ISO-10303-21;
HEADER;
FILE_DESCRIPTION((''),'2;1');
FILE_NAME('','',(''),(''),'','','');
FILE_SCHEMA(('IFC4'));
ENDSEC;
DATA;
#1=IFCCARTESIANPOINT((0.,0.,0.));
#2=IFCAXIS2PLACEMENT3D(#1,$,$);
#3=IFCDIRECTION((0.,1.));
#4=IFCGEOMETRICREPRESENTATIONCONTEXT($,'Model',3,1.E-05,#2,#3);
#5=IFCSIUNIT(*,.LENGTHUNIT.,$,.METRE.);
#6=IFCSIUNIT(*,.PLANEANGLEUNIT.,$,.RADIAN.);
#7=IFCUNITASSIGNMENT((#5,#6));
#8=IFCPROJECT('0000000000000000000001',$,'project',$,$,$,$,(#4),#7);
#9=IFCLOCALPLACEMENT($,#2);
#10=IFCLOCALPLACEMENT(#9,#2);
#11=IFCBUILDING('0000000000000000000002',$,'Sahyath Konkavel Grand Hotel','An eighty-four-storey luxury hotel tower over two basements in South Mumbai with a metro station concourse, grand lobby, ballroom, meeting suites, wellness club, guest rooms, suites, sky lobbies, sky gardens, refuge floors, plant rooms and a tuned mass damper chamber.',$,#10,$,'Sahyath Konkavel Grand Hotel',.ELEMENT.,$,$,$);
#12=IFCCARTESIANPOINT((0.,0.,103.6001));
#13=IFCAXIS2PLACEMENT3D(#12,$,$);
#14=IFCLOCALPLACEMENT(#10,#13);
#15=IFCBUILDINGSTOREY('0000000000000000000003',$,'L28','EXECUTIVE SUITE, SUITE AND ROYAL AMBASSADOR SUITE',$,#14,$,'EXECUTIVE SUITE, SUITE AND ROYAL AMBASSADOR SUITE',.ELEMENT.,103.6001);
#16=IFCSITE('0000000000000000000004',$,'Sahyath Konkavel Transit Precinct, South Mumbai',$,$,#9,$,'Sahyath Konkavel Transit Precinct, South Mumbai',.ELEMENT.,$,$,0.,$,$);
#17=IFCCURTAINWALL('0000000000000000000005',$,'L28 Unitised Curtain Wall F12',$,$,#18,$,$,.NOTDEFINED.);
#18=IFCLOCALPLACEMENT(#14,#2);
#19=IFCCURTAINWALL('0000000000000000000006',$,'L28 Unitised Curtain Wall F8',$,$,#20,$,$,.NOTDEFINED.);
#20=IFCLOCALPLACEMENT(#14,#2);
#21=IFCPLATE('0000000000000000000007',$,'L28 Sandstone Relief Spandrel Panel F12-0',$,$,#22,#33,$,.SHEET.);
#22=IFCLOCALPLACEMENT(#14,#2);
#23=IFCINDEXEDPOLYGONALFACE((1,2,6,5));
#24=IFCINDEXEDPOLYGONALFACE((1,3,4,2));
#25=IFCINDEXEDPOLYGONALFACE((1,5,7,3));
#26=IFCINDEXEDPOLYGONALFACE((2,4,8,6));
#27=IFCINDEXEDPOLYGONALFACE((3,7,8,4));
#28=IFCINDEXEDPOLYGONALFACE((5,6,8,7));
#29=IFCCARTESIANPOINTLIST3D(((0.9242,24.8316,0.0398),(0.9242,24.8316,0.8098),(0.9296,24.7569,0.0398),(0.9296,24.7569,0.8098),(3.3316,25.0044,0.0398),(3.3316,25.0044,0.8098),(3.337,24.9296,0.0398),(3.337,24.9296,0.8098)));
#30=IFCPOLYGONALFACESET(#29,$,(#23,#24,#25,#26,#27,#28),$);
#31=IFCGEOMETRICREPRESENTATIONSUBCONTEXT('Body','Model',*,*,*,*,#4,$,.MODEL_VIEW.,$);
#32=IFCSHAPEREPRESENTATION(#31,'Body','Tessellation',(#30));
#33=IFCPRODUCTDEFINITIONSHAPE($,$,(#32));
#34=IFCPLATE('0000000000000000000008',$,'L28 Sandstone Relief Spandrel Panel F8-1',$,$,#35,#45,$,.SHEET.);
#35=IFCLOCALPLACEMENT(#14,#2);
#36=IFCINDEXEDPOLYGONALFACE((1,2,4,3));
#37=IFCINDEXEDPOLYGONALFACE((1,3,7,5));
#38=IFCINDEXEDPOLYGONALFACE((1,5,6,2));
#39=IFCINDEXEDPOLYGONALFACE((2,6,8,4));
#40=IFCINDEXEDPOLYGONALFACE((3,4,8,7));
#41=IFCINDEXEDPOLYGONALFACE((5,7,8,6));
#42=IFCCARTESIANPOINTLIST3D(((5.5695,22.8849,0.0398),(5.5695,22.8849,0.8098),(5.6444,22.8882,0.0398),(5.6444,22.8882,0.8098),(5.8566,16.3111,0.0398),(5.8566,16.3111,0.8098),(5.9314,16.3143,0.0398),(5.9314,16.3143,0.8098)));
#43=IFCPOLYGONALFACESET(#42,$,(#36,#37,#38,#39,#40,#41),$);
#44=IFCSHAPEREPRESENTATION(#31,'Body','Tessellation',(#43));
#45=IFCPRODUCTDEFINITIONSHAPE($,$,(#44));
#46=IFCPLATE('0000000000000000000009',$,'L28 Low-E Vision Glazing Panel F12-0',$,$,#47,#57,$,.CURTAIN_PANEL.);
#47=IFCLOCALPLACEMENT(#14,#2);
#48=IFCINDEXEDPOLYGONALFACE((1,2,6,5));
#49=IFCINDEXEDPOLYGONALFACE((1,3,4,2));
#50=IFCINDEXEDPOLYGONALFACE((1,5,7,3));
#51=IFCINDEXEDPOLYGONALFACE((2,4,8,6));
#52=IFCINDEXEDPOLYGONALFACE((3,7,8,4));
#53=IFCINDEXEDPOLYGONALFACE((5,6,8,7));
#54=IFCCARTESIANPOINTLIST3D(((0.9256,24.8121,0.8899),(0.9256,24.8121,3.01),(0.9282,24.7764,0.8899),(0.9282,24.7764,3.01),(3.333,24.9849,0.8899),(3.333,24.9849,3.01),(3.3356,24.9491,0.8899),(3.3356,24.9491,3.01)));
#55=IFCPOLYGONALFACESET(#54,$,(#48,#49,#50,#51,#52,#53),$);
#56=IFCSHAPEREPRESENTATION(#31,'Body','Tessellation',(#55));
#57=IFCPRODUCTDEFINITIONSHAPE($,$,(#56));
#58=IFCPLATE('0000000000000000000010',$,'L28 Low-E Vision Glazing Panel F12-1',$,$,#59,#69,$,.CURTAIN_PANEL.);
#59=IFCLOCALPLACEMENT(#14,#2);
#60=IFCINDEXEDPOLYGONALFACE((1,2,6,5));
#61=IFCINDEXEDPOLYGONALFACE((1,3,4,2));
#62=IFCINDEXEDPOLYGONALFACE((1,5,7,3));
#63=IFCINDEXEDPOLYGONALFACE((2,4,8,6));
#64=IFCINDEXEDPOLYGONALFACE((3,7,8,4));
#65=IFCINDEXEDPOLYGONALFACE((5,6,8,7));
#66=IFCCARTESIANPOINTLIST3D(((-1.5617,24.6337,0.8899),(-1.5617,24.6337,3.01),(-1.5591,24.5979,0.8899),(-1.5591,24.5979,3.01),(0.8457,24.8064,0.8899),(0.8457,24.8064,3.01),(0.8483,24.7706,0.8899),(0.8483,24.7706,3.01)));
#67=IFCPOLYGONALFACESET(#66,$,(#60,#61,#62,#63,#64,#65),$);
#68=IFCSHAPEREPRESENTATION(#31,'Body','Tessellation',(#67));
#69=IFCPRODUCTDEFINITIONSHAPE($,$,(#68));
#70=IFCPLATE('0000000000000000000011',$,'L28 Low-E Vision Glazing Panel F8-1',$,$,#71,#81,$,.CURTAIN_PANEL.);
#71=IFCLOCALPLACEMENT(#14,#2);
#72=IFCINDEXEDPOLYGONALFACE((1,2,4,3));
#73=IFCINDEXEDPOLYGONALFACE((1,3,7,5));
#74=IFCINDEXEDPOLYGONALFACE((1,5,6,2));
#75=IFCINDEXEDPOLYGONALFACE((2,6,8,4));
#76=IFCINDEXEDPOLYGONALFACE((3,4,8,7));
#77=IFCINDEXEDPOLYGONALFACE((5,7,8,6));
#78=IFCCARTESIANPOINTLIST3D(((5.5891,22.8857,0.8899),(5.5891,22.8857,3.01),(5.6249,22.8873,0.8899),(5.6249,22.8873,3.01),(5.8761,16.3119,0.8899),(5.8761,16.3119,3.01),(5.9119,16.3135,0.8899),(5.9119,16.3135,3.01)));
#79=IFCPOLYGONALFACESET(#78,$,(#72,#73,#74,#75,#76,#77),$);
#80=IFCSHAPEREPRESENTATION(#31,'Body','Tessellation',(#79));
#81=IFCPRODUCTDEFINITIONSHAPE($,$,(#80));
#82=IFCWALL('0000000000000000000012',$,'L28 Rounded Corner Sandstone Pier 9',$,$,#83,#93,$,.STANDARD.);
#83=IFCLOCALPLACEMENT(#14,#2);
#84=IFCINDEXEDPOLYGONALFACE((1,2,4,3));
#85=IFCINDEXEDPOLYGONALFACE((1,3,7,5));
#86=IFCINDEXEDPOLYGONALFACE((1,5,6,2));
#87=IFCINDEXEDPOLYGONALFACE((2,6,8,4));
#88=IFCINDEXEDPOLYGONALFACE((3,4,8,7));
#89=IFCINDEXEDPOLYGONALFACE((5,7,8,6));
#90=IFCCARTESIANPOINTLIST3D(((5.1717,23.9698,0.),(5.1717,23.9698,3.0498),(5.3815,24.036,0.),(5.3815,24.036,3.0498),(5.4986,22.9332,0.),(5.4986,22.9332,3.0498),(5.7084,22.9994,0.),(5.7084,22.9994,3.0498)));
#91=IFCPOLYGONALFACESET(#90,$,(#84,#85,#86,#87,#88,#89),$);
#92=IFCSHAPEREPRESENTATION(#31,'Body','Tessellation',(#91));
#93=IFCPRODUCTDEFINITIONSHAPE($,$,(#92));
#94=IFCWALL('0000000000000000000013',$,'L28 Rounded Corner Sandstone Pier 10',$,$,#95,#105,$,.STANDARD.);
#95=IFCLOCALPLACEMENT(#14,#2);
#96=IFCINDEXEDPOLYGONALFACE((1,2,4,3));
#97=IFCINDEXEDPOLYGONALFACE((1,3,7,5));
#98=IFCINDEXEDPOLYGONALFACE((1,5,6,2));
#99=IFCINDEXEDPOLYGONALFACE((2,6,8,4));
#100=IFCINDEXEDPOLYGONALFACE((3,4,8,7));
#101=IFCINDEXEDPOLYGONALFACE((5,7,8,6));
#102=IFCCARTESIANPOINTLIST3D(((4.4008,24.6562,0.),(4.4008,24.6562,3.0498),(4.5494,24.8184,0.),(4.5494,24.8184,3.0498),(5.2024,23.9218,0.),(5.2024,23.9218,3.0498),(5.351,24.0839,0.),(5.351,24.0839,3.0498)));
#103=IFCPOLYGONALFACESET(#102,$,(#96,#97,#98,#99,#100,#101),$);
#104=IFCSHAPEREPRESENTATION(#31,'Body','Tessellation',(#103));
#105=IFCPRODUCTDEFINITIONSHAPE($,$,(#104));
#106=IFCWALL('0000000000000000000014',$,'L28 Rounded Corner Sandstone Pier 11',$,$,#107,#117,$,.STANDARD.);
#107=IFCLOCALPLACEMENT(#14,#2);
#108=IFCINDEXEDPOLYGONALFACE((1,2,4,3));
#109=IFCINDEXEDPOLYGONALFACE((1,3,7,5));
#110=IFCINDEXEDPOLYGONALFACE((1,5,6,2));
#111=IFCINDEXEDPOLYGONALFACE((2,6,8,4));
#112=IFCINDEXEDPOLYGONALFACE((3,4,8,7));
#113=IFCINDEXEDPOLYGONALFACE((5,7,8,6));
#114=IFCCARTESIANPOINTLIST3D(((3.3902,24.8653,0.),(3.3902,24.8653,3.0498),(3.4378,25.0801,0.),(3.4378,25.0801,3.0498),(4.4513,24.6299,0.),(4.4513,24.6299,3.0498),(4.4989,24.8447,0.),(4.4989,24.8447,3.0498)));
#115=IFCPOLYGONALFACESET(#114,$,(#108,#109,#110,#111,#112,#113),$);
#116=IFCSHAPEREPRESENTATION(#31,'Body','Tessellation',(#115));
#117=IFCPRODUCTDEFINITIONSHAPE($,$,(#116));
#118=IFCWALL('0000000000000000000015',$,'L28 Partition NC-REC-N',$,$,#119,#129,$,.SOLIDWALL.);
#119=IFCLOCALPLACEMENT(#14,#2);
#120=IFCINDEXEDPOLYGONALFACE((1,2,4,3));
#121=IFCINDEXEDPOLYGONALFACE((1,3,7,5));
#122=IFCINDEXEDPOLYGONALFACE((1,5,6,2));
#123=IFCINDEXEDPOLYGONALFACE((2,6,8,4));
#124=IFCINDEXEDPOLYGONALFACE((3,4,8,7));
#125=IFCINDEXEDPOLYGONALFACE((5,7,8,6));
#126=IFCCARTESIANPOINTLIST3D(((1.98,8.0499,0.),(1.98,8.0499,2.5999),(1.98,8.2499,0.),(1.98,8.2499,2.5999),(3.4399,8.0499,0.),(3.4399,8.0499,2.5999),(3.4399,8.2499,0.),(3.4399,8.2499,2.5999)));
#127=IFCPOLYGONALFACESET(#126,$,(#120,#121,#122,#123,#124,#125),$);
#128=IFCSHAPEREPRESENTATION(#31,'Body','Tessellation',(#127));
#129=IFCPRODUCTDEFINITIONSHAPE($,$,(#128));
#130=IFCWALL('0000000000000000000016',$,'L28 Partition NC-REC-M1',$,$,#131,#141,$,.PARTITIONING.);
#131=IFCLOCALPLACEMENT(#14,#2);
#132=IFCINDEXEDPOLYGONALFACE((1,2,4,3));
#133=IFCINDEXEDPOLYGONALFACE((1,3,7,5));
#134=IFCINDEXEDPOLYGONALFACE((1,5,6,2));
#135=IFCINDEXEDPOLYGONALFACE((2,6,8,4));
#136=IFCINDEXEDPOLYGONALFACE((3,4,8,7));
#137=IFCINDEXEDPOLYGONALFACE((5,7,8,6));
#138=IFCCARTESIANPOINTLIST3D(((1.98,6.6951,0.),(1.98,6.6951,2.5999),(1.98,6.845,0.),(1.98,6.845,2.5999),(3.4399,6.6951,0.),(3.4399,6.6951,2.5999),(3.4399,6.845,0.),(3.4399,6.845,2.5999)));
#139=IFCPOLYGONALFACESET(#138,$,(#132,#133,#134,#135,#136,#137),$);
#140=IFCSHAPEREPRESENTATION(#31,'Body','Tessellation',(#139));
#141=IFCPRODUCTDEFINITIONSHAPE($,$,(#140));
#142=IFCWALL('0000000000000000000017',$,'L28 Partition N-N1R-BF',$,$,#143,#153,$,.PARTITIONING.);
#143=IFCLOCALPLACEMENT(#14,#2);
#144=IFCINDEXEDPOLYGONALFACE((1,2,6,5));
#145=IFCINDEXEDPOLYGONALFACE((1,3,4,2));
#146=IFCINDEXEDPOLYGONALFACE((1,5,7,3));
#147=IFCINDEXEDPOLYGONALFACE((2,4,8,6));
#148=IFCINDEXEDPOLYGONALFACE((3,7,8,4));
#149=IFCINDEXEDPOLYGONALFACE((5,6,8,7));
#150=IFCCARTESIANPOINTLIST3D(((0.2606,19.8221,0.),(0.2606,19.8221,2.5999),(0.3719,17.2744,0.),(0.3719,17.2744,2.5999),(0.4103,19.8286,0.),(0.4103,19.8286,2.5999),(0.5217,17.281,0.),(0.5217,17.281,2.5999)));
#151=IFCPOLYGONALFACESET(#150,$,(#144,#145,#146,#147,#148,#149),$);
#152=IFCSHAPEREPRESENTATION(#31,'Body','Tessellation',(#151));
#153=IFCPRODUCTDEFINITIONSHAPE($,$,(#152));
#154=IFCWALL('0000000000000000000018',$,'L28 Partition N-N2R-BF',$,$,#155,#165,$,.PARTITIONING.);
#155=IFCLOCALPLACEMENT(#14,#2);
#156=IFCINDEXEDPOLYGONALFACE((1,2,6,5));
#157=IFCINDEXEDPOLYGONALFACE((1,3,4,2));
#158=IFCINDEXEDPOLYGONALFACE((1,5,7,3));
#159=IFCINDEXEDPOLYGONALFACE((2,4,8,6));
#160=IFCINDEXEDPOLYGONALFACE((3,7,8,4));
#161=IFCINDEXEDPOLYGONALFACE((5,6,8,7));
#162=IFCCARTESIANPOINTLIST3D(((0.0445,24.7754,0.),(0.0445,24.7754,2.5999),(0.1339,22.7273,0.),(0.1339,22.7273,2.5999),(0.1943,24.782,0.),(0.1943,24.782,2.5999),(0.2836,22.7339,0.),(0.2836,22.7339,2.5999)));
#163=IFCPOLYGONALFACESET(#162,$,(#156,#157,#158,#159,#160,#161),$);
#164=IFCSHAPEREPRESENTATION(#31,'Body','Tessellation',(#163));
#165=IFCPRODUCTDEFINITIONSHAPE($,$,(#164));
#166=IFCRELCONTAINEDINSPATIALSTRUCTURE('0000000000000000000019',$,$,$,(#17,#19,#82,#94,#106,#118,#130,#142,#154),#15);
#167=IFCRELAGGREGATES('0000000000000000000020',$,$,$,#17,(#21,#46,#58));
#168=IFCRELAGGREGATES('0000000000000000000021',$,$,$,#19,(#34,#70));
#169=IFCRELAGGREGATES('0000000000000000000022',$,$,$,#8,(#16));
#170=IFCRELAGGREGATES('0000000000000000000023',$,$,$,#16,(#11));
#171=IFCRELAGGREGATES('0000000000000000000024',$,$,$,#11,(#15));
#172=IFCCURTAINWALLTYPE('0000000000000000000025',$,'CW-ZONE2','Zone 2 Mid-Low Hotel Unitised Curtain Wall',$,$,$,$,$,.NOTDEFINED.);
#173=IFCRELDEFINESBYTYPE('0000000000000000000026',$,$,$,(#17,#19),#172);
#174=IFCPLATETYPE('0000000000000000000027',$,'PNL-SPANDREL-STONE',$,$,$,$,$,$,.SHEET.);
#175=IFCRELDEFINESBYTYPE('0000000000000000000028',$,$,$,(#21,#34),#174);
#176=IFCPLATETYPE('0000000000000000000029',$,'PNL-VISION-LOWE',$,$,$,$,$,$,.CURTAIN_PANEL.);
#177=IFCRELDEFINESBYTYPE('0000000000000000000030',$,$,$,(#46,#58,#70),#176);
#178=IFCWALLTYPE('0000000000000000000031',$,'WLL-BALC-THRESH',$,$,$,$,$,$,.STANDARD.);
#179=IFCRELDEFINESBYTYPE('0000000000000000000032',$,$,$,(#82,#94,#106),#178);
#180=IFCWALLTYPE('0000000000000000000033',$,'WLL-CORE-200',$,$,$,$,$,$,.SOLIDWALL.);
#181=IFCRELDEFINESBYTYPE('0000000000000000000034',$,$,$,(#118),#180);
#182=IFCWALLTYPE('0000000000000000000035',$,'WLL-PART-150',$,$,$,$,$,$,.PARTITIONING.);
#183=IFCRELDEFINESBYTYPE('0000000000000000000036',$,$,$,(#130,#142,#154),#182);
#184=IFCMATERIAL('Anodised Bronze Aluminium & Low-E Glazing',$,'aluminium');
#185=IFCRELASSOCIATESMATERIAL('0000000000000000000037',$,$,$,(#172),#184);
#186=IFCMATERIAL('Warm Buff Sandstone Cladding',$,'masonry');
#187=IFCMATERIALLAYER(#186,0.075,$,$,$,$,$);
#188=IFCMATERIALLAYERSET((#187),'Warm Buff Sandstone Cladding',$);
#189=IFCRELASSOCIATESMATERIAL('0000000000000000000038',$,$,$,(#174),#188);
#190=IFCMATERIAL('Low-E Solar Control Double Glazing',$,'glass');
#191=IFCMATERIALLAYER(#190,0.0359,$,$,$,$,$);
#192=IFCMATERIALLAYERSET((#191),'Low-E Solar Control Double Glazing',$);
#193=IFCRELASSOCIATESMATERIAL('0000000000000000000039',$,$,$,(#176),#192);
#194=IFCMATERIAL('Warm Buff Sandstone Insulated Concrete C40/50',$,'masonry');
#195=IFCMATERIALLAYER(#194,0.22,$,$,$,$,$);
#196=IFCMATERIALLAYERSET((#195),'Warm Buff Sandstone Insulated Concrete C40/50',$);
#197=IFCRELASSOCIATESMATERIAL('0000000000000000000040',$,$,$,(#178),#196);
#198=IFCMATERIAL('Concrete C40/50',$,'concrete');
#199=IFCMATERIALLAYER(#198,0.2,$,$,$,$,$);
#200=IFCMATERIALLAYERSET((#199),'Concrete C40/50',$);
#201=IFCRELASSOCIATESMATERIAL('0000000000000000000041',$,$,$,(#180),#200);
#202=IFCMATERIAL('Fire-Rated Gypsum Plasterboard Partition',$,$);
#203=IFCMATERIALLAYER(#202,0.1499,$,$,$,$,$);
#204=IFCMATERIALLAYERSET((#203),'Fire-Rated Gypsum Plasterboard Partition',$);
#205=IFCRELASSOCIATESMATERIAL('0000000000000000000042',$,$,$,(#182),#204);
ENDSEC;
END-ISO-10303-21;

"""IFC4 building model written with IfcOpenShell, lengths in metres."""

from ifc_helpers import new_model, si_unit, direction, frame, frame_2d, origin, origin_2d, place, context, subcontext, project, spatial, rectangle, extrude, source, transform, mapped, material, layer, layer_set, type_object, element, aggregate, save


model = new_model("IFC4")

# Units and contexts
model_context = context("Model", 3, precision=1e-05, world=origin(), true_north=direction((0.0, 1.0)))
body_context = subcontext(model_context, "Body", "Model", "MODEL_VIEW")
ifc_project = project(units=[si_unit("LENGTHUNIT", "METRE"), si_unit("PLANEANGLEUNIT", "RADIAN")], contexts=[model_context])

# Site, building, storey
site_placement = place(None, origin())
site = spatial("IfcSite", under=ifc_project, at=site_placement, Name="Sahyath Konkavel Transit Precinct, South Mumbai", LongName="Sahyath Konkavel Transit Precinct, South Mumbai", CompositionType="ELEMENT", RefElevation=0.0)
building_placement = place(site_placement, origin())
building = spatial("IfcBuilding", under=site, at=building_placement, Name="Sahyath Konkavel Grand Hotel", Description="An eighty-four-storey luxury hotel tower over two basements in South Mumbai with a metro station concourse, grand lobby, ballroom, meeting suites, wellness club, guest rooms, suites, sky lobbies, sky gardens, refuge floors, plant rooms and a tuned mass damper chamber.", LongName="Sahyath Konkavel Grand Hotel", CompositionType="ELEMENT")
storey_placement = place(building_placement, frame((0.0, 0.0, 103.6001)))
storey = spatial("IfcBuildingStorey", under=building, at=storey_placement, Name="L28", Description="EXECUTIVE SUITE, SUITE AND ROYAL AMBASSADOR SUITE", LongName="EXECUTIVE SUITE, SUITE AND ROYAL AMBASSADOR SUITE", CompositionType="ELEMENT", Elevation=103.6001)

# Curtain wall
ifc_material_1 = material(Name="Anodised Bronze Aluminium & Low-E Glazing", Category="aluminium")
curtain_wall_type = type_object("IfcCurtainWallType", Name="CW-ZONE2", Description="Zone 2 Mid-Low Hotel Unitised Curtain Wall", PredefinedType="NOTDEFINED", material=ifc_material_1)
curtain_wall_1_placement = place(storey_placement, origin())
curtain_wall_1 = element("IfcCurtainWall", 1, at=curtain_wall_1_placement, inside=storey, type_object=curtain_wall_type, Name="L28 Unitised Curtain Wall F12", PredefinedType="NOTDEFINED")

# Curtain wall
curtain_wall_2_placement = place(storey_placement, origin())
curtain_wall_2 = element("IfcCurtainWall", 2, at=curtain_wall_2_placement, inside=storey, type_object=curtain_wall_type, Name="L28 Unitised Curtain Wall F8", PredefinedType="NOTDEFINED")

# Plates
ifc_material_2 = material(Name="Warm Buff Sandstone Cladding", Category="masonry")
ifc_layer_1 = layer(ifc_material_2, 0.075)
ifc_layer_set_1 = layer_set([ifc_layer_1], Name="Warm Buff Sandstone Cladding")
plate_type_1 = type_object("IfcPlateType", Name="PNL-SPANDREL-STONE", PredefinedType="SHEET", material=ifc_layer_set_1)
shared_shape_1 = source(origin(), body_context, "Body", "SweptSolid", [
    extrude(rectangle(XDim=2.4136, YDim=0.075, at=origin_2d()), origin(), (0.0, 0.0, 1.0), 0.77),
])
plate_1_placement = place(storey_placement, frame((2.1306, 24.8806, 0.0398), z_axis=(0.0, 0.0, 1.0), x_axis=(-0.997436, -0.071567, 0.0)))
plate_1 = element("IfcPlate", 3, at=plate_1_placement, type_object=plate_type_1, Name="L28 Sandstone Relief Spandrel Panel F12-0", PredefinedType="SHEET", context=body_context, shape_type="MappedRepresentation", body=[
    mapped(shared_shape_1, transform((0.0, 0.0, 0.0), scale=1.0)),
])
shared_shape_2 = source(origin(), body_context, "Body", "SweptSolid", [
    extrude(rectangle(XDim=6.5801, YDim=0.075, at=origin_2d()), origin(), (0.0, 0.0, 1.0), 0.77),
])
plate_2_placement = place(storey_placement, frame((5.7505, 19.5996, 0.0398), z_axis=(0.0, 0.0, 1.0), x_axis=(-0.043619, 0.999048, 0.0)))
plate_2 = element("IfcPlate", 4, at=plate_2_placement, type_object=plate_type_1, Name="L28 Sandstone Relief Spandrel Panel F8-1", PredefinedType="SHEET", context=body_context, shape_type="MappedRepresentation", body=[
    mapped(shared_shape_2, transform((0.0, 0.0, 0.0), scale=1.0)),
])
ifc_material_3 = material(Name="Low-E Solar Control Double Glazing", Category="glass")
ifc_layer_2 = layer(ifc_material_3, 0.0359)
ifc_layer_set_2 = layer_set([ifc_layer_2], Name="Low-E Solar Control Double Glazing")
plate_type_2 = type_object("IfcPlateType", Name="PNL-VISION-LOWE", PredefinedType="CURTAIN_PANEL", material=ifc_layer_set_2)
shared_shape_3 = source(origin(), body_context, "Body", "SweptSolid", [
    extrude(rectangle(XDim=2.4136, YDim=0.0359, at=origin_2d()), origin(), (0.0, 0.0, 1.0), 2.1201),
])
plate_3_placement = place(storey_placement, frame((2.1306, 24.8806, 0.8899), z_axis=(0.0, 0.0, 1.0), x_axis=(-0.997436, -0.071567, 0.0)))
plate_3 = element("IfcPlate", 5, at=plate_3_placement, type_object=plate_type_2, Name="L28 Low-E Vision Glazing Panel F12-0", PredefinedType="CURTAIN_PANEL", context=body_context, shape_type="MappedRepresentation", body=[
    mapped(shared_shape_3, transform((0.0, 0.0, 0.0), scale=1.0)),
])
plate_4_placement = place(storey_placement, frame((-0.3567, 24.7021, 0.8899), z_axis=(0.0, 0.0, 1.0), x_axis=(-0.997436, -0.071567, 0.0)))
plate_4 = element("IfcPlate", 6, at=plate_4_placement, type_object=plate_type_2, Name="L28 Low-E Vision Glazing Panel F12-1", PredefinedType="CURTAIN_PANEL", context=body_context, shape_type="MappedRepresentation", body=[
    mapped(shared_shape_3, transform((0.0, 0.0, 0.0), scale=1.0)),
])
aggregate(curtain_wall_1, [plate_1, plate_3, plate_4])
shared_shape_4 = source(origin(), body_context, "Body", "SweptSolid", [
    extrude(rectangle(XDim=6.5801, YDim=0.0359, at=origin_2d()), origin(), (0.0, 0.0, 1.0), 2.1201),
])
plate_5_placement = place(storey_placement, frame((5.7505, 19.5996, 0.8899), z_axis=(0.0, 0.0, 1.0), x_axis=(-0.043619, 0.999048, 0.0)))
plate_5 = element("IfcPlate", 7, at=plate_5_placement, type_object=plate_type_2, Name="L28 Low-E Vision Glazing Panel F8-1", PredefinedType="CURTAIN_PANEL", context=body_context, shape_type="MappedRepresentation", body=[
    mapped(shared_shape_4, transform((0.0, 0.0, 0.0), scale=1.0)),
])
aggregate(curtain_wall_2, [plate_2, plate_5])

# Walls
ifc_material_4 = material(Name="Warm Buff Sandstone Insulated Concrete C40/50", Category="masonry")
ifc_layer_3 = layer(ifc_material_4, 0.22)
ifc_layer_set_3 = layer_set([ifc_layer_3], Name="Warm Buff Sandstone Insulated Concrete C40/50")
wall_type_1 = type_object("IfcWallType", Name="WLL-BALC-THRESH", PredefinedType="STANDARD", material=ifc_layer_set_3)
wall_1_placement = place(storey_placement, frame((5.6035, 22.9663, 0.0), z_axis=(0.0, 0.0, 1.0), x_axis=(-0.300755, 0.953701, 0.0)))
element("IfcWall", 8, at=wall_1_placement, inside=storey, type_object=wall_type_1, Name="L28 Rounded Corner Sandstone Pier 9", PredefinedType="STANDARD", context=body_context, shape_type="SweptSolid", body=[
    extrude(rectangle(XDim=1.0869, YDim=0.22, at=frame_2d((0.5435, 0.0))), origin(), (0.0, 0.0, 1.0), 3.0498),
])
wall_2_placement = place(storey_placement, frame((5.2766, 24.0029, 0.0), z_axis=(0.0, 0.0, 1.0), x_axis=(-0.737313, 0.675552, 0.0)))
element("IfcWall", 9, at=wall_2_placement, inside=storey, type_object=wall_type_1, Name="L28 Rounded Corner Sandstone Pier 10", PredefinedType="STANDARD", context=body_context, shape_type="SweptSolid", body=[
    extrude(rectangle(XDim=1.0872, YDim=0.22, at=frame_2d((0.5435, 0.0))), origin(), (0.0, 0.0, 1.0), 3.0498),
])
wall_3_placement = place(storey_placement, frame((4.4751, 24.7373, 0.0), z_axis=(0.0, 0.0, 1.0), x_axis=(-0.976272, 0.21655, 0.0)))
element("IfcWall", 10, at=wall_3_placement, inside=storey, type_object=wall_type_1, Name="L28 Rounded Corner Sandstone Pier 11", PredefinedType="STANDARD", context=body_context, shape_type="SweptSolid", body=[
    extrude(rectangle(XDim=1.0869, YDim=0.22, at=frame_2d((0.5435, 0.0))), origin(), (0.0, 0.0, 1.0), 3.0498),
])
ifc_material_5 = material(Name="Concrete C40/50", Category="concrete")
ifc_layer_4 = layer(ifc_material_5, 0.2)
ifc_layer_set_4 = layer_set([ifc_layer_4], Name="Concrete C40/50")
wall_type_2 = type_object("IfcWallType", Name="WLL-CORE-200", PredefinedType="SOLIDWALL", material=ifc_layer_set_4)
wall_4_placement = place(storey_placement, frame((1.98, 8.1499, 0.0), z_axis=(0.0, 0.0, 1.0), x_axis=(1.0, 0.0, 0.0)))
element("IfcWall", 11, at=wall_4_placement, inside=storey, type_object=wall_type_2, Name="L28 Partition NC-REC-N", PredefinedType="SOLIDWALL", context=body_context, shape_type="SweptSolid", body=[
    extrude(rectangle(XDim=1.46, YDim=0.2, at=frame_2d((0.73, 0.0))), origin(), (0.0, 0.0, 1.0), 2.5999),
])
ifc_material_6 = material(Name="Fire-Rated Gypsum Plasterboard Partition")
ifc_layer_5 = layer(ifc_material_6, 0.1499)
ifc_layer_set_5 = layer_set([ifc_layer_5], Name="Fire-Rated Gypsum Plasterboard Partition")
wall_type_3 = type_object("IfcWallType", Name="WLL-PART-150", PredefinedType="PARTITIONING", material=ifc_layer_set_5)
wall_5_placement = place(storey_placement, frame((1.98, 6.77, 0.0), z_axis=(0.0, 0.0, 1.0), x_axis=(1.0, 0.0, 0.0)))
element("IfcWall", 12, at=wall_5_placement, inside=storey, type_object=wall_type_3, Name="L28 Partition NC-REC-M1", PredefinedType="PARTITIONING", context=body_context, shape_type="SweptSolid", body=[
    extrude(rectangle(XDim=1.46, YDim=0.1499, at=frame_2d((0.73, 0.0))), origin(), (0.0, 0.0, 1.0), 2.5999),
])
wall_6_placement = place(storey_placement, frame((0.4468, 17.2778, 0.0), z_axis=(0.0, 0.0, 1.0), x_axis=(-0.043657, 0.999047, 0.0)))
element("IfcWall", 13, at=wall_6_placement, inside=storey, type_object=wall_type_3, Name="L28 Partition N-N1R-BF", PredefinedType="PARTITIONING", context=body_context, shape_type="SweptSolid", body=[
    extrude(rectangle(XDim=2.55, YDim=0.1499, at=frame_2d((1.2749, 0.0))), origin(), (0.0, 0.0, 1.0), 2.5999),
])
wall_7_placement = place(storey_placement, frame((0.2087, 22.7307, 0.0), z_axis=(0.0, 0.0, 1.0), x_axis=(-0.043587, 0.99905, 0.0)))
element("IfcWall", 14, at=wall_7_placement, inside=storey, type_object=wall_type_3, Name="L28 Partition N-N2R-BF", PredefinedType="PARTITIONING", context=body_context, shape_type="SweptSolid", body=[
    extrude(rectangle(XDim=2.05, YDim=0.1499, at=frame_2d((1.0249, 0.0))), origin(), (0.0, 0.0, 1.0), 2.5999),
])

save(model, "model.ifc")
